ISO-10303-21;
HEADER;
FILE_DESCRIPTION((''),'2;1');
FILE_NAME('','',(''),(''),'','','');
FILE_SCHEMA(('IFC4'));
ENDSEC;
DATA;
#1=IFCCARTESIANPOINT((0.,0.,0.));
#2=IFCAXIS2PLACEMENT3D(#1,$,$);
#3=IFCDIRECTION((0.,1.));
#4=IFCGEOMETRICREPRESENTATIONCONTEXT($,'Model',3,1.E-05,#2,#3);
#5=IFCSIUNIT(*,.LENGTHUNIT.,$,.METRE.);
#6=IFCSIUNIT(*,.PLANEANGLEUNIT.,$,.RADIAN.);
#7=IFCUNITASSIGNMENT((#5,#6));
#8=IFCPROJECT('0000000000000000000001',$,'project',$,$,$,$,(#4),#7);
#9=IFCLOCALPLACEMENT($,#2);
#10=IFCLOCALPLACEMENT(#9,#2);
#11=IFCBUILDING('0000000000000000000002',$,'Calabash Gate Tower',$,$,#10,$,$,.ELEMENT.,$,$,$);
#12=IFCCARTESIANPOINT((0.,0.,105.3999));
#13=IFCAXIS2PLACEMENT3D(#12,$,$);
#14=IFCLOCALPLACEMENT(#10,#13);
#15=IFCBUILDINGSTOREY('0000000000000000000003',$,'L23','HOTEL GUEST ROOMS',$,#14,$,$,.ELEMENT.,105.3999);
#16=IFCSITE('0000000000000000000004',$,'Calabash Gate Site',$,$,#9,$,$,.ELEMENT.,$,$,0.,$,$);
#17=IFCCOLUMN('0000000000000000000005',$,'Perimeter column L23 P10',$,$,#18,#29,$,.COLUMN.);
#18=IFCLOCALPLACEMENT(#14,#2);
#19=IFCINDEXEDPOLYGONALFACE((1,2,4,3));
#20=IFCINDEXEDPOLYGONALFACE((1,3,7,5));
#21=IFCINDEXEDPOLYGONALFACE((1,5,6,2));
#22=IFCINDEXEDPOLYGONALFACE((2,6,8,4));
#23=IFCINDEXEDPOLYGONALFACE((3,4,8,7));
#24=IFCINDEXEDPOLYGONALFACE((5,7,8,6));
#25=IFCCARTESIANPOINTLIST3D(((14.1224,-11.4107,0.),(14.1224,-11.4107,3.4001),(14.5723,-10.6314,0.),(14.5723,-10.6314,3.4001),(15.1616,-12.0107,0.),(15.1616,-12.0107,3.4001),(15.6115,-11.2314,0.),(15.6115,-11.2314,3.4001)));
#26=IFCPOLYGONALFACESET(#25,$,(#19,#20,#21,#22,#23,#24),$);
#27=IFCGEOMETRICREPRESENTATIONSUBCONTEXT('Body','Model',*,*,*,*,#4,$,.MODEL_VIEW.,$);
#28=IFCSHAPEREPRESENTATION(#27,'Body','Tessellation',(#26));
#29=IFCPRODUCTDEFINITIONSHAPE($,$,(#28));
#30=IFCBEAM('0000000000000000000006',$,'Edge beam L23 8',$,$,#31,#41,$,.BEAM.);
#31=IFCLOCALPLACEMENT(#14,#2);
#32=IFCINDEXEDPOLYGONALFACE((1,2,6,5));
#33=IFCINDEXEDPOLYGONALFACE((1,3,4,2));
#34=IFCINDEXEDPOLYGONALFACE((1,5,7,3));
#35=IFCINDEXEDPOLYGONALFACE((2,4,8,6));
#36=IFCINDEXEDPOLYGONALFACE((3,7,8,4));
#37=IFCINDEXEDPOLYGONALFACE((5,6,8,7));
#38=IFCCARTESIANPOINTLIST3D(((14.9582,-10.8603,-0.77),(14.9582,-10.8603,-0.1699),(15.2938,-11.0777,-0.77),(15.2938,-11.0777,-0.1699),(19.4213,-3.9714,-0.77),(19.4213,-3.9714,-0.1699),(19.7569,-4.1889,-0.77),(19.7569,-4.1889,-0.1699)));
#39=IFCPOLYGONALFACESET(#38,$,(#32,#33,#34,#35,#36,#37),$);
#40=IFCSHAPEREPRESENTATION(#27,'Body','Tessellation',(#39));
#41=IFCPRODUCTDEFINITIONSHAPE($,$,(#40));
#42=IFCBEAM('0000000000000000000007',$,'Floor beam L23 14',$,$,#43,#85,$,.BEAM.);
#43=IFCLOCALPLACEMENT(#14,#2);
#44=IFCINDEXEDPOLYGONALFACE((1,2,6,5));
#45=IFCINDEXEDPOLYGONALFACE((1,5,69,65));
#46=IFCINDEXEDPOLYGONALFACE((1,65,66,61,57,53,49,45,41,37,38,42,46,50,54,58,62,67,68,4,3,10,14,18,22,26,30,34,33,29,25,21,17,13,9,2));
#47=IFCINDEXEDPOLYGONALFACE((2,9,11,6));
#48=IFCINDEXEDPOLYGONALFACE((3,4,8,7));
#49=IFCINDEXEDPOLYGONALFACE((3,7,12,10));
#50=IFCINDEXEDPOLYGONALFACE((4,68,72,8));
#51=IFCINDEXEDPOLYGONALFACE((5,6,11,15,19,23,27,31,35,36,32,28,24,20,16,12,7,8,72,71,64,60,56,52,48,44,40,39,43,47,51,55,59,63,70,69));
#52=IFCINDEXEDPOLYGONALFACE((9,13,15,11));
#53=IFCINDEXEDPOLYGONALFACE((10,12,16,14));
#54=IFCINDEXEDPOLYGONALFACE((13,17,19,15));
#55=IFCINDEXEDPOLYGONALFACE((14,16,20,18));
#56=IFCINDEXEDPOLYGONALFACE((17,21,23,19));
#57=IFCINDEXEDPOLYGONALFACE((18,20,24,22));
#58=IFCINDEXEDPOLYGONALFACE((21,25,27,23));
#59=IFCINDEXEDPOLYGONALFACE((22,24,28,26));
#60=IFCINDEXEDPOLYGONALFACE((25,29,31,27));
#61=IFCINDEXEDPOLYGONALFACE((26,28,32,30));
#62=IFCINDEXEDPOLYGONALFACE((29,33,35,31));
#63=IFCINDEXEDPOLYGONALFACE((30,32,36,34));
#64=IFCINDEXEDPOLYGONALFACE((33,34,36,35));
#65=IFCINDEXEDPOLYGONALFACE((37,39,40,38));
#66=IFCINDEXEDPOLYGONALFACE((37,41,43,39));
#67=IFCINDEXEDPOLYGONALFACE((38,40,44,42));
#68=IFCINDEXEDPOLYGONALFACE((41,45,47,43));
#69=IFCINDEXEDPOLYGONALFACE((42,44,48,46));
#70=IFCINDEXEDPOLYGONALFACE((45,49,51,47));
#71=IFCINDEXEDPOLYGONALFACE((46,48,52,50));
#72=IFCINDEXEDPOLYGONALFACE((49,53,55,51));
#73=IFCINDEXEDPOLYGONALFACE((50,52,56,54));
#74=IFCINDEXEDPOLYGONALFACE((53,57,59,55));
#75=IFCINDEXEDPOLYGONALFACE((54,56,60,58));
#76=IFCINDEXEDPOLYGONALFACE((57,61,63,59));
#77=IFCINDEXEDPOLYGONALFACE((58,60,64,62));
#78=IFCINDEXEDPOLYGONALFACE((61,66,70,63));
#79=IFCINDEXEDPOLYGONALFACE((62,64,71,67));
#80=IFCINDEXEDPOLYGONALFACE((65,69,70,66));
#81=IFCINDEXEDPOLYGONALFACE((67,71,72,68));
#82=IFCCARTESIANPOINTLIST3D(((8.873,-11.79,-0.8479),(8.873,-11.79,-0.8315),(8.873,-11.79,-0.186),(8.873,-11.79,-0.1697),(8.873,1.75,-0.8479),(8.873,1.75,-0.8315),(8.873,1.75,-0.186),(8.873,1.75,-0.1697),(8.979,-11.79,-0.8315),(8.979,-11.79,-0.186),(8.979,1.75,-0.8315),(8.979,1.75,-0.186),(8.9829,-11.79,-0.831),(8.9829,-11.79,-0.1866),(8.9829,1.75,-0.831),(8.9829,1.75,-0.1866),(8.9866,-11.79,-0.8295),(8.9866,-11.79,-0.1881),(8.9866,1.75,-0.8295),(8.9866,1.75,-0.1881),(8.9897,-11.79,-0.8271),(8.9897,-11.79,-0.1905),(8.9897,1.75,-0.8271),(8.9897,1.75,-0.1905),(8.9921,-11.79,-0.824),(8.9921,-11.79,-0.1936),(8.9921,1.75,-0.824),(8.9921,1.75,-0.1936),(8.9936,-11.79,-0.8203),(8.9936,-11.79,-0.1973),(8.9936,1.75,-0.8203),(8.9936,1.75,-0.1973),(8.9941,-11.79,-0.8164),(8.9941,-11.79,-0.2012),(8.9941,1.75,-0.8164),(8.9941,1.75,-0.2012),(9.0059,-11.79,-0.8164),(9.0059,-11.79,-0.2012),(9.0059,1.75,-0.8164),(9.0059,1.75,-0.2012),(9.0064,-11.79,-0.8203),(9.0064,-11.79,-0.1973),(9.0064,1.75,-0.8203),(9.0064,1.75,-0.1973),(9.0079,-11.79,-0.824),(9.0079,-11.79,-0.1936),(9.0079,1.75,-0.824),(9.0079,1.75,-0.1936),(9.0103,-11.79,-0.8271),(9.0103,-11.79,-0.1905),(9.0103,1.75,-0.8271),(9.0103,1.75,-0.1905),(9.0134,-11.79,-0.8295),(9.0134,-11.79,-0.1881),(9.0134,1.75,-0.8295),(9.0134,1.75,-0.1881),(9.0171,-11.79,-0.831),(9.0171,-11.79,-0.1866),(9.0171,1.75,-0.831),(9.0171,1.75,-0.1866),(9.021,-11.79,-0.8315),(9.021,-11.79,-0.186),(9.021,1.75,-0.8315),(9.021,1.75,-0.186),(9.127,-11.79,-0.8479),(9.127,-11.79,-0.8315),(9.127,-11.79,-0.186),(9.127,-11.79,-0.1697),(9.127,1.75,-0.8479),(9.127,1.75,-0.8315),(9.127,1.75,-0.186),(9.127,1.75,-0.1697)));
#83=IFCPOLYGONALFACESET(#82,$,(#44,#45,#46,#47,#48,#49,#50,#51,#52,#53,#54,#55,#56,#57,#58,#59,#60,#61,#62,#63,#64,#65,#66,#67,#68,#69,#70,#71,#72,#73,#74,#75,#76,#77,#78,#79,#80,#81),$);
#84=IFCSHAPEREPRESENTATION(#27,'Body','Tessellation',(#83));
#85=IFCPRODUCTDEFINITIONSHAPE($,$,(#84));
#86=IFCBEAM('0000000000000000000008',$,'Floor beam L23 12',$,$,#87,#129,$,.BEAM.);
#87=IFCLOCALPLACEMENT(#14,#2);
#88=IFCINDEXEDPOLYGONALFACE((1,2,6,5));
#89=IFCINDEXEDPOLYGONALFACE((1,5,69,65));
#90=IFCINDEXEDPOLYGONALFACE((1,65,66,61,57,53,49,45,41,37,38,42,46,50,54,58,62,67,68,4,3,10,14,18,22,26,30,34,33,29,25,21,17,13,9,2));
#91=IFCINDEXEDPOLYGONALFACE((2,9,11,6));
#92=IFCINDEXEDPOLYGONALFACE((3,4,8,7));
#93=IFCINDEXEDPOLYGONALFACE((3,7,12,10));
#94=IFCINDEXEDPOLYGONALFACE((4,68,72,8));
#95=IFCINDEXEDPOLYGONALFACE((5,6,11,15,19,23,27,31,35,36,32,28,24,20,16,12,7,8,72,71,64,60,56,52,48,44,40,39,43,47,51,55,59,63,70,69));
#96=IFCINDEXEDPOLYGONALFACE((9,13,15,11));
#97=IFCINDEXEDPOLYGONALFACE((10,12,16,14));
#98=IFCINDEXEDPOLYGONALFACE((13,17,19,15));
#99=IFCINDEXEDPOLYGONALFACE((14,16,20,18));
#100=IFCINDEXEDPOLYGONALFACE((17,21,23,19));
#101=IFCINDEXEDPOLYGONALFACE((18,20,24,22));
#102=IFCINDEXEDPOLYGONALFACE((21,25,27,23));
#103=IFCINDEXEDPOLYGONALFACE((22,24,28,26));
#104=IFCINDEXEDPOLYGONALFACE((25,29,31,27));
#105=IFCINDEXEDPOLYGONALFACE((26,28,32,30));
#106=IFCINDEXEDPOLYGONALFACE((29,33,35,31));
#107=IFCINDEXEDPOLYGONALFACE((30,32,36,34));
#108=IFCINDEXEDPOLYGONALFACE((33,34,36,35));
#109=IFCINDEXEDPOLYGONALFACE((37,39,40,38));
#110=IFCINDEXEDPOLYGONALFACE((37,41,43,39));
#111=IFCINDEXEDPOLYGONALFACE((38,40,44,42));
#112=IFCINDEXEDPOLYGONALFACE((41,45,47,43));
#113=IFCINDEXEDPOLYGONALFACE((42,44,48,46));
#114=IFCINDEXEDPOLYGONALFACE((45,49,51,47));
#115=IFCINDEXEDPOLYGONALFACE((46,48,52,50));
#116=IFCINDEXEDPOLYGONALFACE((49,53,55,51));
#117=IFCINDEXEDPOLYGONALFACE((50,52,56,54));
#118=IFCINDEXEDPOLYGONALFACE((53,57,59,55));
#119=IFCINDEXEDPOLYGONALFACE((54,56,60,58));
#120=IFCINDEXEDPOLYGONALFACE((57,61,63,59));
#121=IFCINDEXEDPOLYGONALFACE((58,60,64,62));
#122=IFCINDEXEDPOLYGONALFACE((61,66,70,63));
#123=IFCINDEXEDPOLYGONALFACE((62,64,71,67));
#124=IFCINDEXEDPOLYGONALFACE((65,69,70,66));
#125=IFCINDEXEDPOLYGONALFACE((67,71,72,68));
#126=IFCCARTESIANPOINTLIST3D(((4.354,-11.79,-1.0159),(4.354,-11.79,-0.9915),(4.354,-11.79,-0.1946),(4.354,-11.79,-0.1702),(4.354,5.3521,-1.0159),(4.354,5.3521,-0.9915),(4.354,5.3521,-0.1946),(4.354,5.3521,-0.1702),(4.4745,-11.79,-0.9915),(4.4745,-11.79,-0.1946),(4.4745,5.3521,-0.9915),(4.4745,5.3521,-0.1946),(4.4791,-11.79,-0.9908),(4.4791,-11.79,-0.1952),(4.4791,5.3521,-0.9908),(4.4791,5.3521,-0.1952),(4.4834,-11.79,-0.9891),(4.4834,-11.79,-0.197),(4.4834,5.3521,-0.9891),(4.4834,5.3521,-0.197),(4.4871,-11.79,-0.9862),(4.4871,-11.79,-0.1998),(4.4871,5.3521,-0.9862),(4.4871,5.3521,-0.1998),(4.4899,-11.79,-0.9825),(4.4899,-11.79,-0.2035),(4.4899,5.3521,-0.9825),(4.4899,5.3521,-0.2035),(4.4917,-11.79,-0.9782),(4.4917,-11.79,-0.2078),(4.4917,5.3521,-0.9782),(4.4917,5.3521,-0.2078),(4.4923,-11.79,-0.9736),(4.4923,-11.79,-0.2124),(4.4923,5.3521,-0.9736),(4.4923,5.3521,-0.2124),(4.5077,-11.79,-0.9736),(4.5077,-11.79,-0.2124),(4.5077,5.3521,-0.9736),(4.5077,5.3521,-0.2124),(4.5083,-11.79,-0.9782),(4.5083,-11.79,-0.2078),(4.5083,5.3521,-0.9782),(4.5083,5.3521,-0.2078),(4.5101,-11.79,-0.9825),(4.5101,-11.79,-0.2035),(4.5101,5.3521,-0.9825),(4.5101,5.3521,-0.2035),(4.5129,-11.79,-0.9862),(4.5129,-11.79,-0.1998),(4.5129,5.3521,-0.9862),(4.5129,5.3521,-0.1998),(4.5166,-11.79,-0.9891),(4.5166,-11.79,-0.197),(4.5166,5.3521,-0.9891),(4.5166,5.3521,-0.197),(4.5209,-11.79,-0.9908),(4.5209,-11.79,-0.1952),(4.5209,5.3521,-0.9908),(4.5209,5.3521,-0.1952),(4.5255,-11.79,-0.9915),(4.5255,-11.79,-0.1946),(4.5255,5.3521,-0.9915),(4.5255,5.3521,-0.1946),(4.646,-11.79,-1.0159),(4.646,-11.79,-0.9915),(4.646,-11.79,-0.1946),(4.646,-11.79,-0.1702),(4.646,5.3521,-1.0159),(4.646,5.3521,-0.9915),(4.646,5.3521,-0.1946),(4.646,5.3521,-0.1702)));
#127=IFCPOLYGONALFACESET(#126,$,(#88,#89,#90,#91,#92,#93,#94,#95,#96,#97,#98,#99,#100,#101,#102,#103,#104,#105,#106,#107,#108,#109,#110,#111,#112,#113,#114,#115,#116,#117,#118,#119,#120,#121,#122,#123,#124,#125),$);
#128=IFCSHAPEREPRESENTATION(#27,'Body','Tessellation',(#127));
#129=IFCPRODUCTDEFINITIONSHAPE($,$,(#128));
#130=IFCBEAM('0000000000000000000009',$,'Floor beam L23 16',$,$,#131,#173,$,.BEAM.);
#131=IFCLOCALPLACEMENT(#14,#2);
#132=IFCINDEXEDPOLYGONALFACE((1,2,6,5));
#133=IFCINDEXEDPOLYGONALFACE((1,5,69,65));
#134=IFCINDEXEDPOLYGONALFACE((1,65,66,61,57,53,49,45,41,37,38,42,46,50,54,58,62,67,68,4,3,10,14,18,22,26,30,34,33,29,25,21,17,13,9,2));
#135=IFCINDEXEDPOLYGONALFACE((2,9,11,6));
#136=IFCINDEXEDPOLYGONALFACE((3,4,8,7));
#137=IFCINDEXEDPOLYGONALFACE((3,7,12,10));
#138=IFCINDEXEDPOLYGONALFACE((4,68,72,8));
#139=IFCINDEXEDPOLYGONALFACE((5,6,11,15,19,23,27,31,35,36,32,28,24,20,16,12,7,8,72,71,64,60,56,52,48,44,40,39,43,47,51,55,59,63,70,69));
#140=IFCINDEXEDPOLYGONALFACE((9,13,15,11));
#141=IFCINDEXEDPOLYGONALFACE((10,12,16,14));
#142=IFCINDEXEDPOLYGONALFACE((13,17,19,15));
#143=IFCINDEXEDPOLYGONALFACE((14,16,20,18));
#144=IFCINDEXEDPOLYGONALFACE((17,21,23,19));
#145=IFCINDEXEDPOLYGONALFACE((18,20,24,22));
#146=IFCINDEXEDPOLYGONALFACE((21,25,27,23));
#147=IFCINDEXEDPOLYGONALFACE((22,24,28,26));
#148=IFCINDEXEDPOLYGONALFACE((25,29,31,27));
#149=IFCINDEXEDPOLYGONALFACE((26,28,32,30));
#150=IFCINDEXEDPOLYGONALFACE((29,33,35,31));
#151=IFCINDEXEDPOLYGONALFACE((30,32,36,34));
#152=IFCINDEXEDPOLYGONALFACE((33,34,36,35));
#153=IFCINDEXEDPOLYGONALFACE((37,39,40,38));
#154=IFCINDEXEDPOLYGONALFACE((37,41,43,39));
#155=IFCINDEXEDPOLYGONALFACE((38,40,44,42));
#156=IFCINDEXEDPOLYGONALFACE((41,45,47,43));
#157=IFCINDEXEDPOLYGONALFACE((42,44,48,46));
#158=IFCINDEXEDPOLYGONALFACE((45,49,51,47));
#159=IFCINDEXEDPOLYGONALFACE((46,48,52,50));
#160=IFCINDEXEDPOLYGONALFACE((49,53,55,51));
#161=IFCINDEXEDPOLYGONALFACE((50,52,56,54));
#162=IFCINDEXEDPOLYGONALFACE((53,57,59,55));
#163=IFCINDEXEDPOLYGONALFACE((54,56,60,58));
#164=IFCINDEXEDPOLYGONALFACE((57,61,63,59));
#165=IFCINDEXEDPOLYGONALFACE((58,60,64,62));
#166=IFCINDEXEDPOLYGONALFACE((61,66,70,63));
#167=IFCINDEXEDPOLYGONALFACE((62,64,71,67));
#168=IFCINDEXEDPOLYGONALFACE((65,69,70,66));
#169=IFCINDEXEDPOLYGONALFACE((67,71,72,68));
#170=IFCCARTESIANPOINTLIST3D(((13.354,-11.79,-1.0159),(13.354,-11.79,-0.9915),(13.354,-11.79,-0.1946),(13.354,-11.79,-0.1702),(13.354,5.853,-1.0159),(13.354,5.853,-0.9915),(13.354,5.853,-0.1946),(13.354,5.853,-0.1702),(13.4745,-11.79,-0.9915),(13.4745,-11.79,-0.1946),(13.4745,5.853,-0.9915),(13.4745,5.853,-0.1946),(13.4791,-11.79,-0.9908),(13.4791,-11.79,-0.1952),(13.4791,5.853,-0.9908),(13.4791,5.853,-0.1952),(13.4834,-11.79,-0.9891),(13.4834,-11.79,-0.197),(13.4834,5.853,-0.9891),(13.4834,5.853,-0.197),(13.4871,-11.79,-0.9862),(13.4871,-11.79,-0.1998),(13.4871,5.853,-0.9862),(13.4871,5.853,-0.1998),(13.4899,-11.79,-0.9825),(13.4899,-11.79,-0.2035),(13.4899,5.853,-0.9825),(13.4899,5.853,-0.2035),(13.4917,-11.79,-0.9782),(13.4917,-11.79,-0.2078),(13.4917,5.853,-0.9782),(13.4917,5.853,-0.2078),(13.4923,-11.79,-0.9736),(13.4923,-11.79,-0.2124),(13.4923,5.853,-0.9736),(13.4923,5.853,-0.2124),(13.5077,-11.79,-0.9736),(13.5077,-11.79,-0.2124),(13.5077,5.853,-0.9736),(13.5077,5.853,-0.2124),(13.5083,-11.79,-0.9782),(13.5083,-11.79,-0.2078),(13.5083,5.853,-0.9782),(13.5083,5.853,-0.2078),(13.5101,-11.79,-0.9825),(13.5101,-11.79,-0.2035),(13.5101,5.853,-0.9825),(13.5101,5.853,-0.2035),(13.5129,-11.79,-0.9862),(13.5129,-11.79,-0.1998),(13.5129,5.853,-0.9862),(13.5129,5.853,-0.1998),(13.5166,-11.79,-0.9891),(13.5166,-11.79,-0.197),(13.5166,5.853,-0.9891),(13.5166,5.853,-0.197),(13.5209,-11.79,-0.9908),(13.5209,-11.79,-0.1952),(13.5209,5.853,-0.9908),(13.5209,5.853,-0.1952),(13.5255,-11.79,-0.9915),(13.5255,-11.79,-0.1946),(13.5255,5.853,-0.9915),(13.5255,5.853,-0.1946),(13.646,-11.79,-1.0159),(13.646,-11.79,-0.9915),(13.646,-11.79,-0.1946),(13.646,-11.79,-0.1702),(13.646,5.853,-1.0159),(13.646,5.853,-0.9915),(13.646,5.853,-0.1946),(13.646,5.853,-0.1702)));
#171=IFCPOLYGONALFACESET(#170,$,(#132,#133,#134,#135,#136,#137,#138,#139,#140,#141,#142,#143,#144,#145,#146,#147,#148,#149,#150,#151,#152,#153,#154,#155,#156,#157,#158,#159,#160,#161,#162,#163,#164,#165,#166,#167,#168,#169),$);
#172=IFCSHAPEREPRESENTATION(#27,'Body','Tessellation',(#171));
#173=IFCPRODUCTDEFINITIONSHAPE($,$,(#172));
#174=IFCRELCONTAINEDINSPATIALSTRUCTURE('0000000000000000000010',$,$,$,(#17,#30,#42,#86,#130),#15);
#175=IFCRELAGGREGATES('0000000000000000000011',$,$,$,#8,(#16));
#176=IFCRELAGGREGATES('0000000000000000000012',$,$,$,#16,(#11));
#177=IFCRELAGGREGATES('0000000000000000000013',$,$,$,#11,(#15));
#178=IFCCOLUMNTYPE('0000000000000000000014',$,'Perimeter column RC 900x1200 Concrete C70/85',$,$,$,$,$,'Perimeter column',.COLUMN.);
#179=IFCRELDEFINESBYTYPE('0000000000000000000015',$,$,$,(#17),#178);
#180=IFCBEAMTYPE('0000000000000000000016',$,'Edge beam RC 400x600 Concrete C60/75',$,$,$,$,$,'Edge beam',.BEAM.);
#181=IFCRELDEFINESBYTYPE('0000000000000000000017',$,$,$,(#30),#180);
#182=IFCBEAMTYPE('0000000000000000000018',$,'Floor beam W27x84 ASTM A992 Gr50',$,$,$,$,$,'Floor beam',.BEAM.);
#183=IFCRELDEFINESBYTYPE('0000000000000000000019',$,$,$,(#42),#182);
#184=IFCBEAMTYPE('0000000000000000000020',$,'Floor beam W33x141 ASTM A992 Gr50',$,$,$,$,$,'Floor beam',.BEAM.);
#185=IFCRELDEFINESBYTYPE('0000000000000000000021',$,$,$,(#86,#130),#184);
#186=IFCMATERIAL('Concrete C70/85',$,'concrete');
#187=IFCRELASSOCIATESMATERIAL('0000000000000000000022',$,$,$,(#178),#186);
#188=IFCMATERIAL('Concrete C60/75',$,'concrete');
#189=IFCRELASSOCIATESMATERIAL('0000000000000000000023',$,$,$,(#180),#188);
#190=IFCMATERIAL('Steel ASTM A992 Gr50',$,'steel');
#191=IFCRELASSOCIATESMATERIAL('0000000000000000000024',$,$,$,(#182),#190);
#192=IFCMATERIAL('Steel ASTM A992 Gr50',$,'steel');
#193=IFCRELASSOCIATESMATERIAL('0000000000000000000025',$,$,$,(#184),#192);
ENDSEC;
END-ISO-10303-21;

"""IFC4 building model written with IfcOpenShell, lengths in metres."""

from ifc_helpers import new_model, si_unit, direction, frame, origin, origin_2d, place, context, subcontext, project, spatial, rectangle, i_section, extrude, material, material_profile, profile_set, type_object, element, save


model = new_model("IFC4")

# Units and contexts
model_context = context("Model", 3, precision=1e-05, world=origin(), true_north=direction((0.0, 1.0)))
body_context = subcontext(model_context, "Body", "Model", "MODEL_VIEW")
ifc_project = project(units=[si_unit("LENGTHUNIT", "METRE"), si_unit("PLANEANGLEUNIT", "RADIAN")], contexts=[model_context])

# Site, building, storey
site_placement = place(None, origin())
site = spatial("IfcSite", under=ifc_project, at=site_placement, Name="Calabash Gate Site", CompositionType="ELEMENT", RefElevation=0.0)
building_placement = place(site_placement, origin())
building = spatial("IfcBuilding", under=site, at=building_placement, Name="Calabash Gate Tower", CompositionType="ELEMENT")
storey_placement = place(building_placement, frame((0.0, 0.0, 105.3999)))
storey = spatial("IfcBuildingStorey", under=building, at=storey_placement, Name="L23", Description="HOTEL GUEST ROOMS", CompositionType="ELEMENT", Elevation=105.3999)

# Column
ifc_material_1 = material(Name="Concrete C70/85", Category="concrete")
ifc_material_profile_1 = material_profile(ifc_material_1, rectangle(XDim=0.8999, YDim=1.2, at=origin_2d()))
ifc_profile_set_1 = profile_set([ifc_material_profile_1], Name="Concrete C70/85")
column_type = type_object("IfcColumnType", Name="Perimeter column RC 900x1200 Concrete C70/85", ElementType="Perimeter column", PredefinedType="COLUMN", material=ifc_profile_set_1)
column_placement = place(storey_placement, frame((14.8669, -11.321, 0.0), z_axis=(0.0, 0.0, 1.0), x_axis=(0.5, 0.866025, 0.0)))
element("IfcColumn", 1, at=column_placement, inside=storey, type_object=column_type, Name="Perimeter column L23 P10", PredefinedType="COLUMN", context=body_context, shape_type="SweptSolid", body=[
    extrude(rectangle(XDim=0.8999, YDim=1.2, at=origin_2d()), origin(), (0.0, 0.0, 1.0), 3.4001),
])

# Beams
ifc_material_2 = material(Name="Concrete C60/75", Category="concrete")
ifc_material_profile_2 = material_profile(ifc_material_2, rectangle(XDim=0.3999, YDim=0.6001, at=origin_2d()))
ifc_profile_set_2 = profile_set([ifc_material_profile_2], Name="Concrete C60/75")
beam_type_1 = type_object("IfcBeamType", Name="Edge beam RC 400x600 Concrete C60/75", ElementType="Edge beam", PredefinedType="BEAM", material=ifc_profile_set_2)
beam_1_placement = place(storey_placement, frame((15.126, -10.969, -0.47), z_axis=(0.543732, 0.839259, 0.0), x_axis=(-0.839259, 0.543732, 0.0)))
element("IfcBeam", 2, at=beam_1_placement, inside=storey, type_object=beam_type_1, Name="Edge beam L23 8", PredefinedType="BEAM", context=body_context, shape_type="SweptSolid", body=[
    extrude(rectangle(XDim=0.3999, YDim=0.6001, at=origin_2d()), origin(), (0.0, 0.0, 1.0), 8.2083),
])
ifc_material_3 = material(Name="Steel ASTM A992 Gr50", Category="steel")
ifc_material_profile_3 = material_profile(ifc_material_3, i_section(OverallWidth=0.2539, OverallDepth=0.6782, WebThickness=0.0117, FlangeThickness=0.0164, FilletRadius=0.0151, at=origin_2d()))
ifc_profile_set_3 = profile_set([ifc_material_profile_3], Name="Steel ASTM A992 Gr50")
beam_type_2 = type_object("IfcBeamType", Name="Floor beam W27x84 ASTM A992 Gr50", ElementType="Floor beam", PredefinedType="BEAM", material=ifc_profile_set_3)
beam_2_placement = place(storey_placement, frame((9.0, -11.79, -0.5088), z_axis=(0.0, 1.0, 0.0), x_axis=(-1.0, 0.0, 0.0)))
element("IfcBeam", 3, at=beam_2_placement, inside=storey, type_object=beam_type_2, Name="Floor beam L23 14", PredefinedType="BEAM", context=body_context, shape_type="SweptSolid", body=[
    extrude(i_section(OverallWidth=0.2539, OverallDepth=0.6782, WebThickness=0.0117, FlangeThickness=0.0164, FilletRadius=0.0151, at=origin_2d()), origin(), (0.0, 0.0, 1.0), 13.54),
])
ifc_material_4 = material(Name="Steel ASTM A992 Gr50", Category="steel")
ifc_material_profile_4 = material_profile(ifc_material_4, i_section(OverallWidth=0.292, OverallDepth=0.8457, WebThickness=0.0154, FlangeThickness=0.0244, FilletRadius=0.0178, at=origin_2d()))
ifc_profile_set_4 = profile_set([ifc_material_profile_4], Name="Steel ASTM A992 Gr50")
beam_type_3 = type_object("IfcBeamType", Name="Floor beam W33x141 ASTM A992 Gr50", ElementType="Floor beam", PredefinedType="BEAM", material=ifc_profile_set_4)
beam_3_placement = place(storey_placement, frame((4.5, -11.79, -0.593), z_axis=(0.0, 1.0, 0.0), x_axis=(-1.0, 0.0, 0.0)))
element("IfcBeam", 4, at=beam_3_placement, inside=storey, type_object=beam_type_3, Name="Floor beam L23 12", PredefinedType="BEAM", context=body_context, shape_type="SweptSolid", body=[
    extrude(i_section(OverallWidth=0.292, OverallDepth=0.8457, WebThickness=0.0154, FlangeThickness=0.0244, FilletRadius=0.0178, at=origin_2d()), origin(), (0.0, 0.0, 1.0), 17.1421),
])
beam_4_placement = place(storey_placement, frame((13.5, -11.79, -0.593), z_axis=(0.0, 1.0, 0.0), x_axis=(-1.0, 0.0, 0.0)))
element("IfcBeam", 5, at=beam_4_placement, inside=storey, type_object=beam_type_3, Name="Floor beam L23 16", PredefinedType="BEAM", context=body_context, shape_type="SweptSolid", body=[
    extrude(i_section(OverallWidth=0.292, OverallDepth=0.8457, WebThickness=0.0154, FlangeThickness=0.0244, FilletRadius=0.0178, at=origin_2d()), origin(), (0.0, 0.0, 1.0), 17.6431),
])

save(model, "model.ifc")
